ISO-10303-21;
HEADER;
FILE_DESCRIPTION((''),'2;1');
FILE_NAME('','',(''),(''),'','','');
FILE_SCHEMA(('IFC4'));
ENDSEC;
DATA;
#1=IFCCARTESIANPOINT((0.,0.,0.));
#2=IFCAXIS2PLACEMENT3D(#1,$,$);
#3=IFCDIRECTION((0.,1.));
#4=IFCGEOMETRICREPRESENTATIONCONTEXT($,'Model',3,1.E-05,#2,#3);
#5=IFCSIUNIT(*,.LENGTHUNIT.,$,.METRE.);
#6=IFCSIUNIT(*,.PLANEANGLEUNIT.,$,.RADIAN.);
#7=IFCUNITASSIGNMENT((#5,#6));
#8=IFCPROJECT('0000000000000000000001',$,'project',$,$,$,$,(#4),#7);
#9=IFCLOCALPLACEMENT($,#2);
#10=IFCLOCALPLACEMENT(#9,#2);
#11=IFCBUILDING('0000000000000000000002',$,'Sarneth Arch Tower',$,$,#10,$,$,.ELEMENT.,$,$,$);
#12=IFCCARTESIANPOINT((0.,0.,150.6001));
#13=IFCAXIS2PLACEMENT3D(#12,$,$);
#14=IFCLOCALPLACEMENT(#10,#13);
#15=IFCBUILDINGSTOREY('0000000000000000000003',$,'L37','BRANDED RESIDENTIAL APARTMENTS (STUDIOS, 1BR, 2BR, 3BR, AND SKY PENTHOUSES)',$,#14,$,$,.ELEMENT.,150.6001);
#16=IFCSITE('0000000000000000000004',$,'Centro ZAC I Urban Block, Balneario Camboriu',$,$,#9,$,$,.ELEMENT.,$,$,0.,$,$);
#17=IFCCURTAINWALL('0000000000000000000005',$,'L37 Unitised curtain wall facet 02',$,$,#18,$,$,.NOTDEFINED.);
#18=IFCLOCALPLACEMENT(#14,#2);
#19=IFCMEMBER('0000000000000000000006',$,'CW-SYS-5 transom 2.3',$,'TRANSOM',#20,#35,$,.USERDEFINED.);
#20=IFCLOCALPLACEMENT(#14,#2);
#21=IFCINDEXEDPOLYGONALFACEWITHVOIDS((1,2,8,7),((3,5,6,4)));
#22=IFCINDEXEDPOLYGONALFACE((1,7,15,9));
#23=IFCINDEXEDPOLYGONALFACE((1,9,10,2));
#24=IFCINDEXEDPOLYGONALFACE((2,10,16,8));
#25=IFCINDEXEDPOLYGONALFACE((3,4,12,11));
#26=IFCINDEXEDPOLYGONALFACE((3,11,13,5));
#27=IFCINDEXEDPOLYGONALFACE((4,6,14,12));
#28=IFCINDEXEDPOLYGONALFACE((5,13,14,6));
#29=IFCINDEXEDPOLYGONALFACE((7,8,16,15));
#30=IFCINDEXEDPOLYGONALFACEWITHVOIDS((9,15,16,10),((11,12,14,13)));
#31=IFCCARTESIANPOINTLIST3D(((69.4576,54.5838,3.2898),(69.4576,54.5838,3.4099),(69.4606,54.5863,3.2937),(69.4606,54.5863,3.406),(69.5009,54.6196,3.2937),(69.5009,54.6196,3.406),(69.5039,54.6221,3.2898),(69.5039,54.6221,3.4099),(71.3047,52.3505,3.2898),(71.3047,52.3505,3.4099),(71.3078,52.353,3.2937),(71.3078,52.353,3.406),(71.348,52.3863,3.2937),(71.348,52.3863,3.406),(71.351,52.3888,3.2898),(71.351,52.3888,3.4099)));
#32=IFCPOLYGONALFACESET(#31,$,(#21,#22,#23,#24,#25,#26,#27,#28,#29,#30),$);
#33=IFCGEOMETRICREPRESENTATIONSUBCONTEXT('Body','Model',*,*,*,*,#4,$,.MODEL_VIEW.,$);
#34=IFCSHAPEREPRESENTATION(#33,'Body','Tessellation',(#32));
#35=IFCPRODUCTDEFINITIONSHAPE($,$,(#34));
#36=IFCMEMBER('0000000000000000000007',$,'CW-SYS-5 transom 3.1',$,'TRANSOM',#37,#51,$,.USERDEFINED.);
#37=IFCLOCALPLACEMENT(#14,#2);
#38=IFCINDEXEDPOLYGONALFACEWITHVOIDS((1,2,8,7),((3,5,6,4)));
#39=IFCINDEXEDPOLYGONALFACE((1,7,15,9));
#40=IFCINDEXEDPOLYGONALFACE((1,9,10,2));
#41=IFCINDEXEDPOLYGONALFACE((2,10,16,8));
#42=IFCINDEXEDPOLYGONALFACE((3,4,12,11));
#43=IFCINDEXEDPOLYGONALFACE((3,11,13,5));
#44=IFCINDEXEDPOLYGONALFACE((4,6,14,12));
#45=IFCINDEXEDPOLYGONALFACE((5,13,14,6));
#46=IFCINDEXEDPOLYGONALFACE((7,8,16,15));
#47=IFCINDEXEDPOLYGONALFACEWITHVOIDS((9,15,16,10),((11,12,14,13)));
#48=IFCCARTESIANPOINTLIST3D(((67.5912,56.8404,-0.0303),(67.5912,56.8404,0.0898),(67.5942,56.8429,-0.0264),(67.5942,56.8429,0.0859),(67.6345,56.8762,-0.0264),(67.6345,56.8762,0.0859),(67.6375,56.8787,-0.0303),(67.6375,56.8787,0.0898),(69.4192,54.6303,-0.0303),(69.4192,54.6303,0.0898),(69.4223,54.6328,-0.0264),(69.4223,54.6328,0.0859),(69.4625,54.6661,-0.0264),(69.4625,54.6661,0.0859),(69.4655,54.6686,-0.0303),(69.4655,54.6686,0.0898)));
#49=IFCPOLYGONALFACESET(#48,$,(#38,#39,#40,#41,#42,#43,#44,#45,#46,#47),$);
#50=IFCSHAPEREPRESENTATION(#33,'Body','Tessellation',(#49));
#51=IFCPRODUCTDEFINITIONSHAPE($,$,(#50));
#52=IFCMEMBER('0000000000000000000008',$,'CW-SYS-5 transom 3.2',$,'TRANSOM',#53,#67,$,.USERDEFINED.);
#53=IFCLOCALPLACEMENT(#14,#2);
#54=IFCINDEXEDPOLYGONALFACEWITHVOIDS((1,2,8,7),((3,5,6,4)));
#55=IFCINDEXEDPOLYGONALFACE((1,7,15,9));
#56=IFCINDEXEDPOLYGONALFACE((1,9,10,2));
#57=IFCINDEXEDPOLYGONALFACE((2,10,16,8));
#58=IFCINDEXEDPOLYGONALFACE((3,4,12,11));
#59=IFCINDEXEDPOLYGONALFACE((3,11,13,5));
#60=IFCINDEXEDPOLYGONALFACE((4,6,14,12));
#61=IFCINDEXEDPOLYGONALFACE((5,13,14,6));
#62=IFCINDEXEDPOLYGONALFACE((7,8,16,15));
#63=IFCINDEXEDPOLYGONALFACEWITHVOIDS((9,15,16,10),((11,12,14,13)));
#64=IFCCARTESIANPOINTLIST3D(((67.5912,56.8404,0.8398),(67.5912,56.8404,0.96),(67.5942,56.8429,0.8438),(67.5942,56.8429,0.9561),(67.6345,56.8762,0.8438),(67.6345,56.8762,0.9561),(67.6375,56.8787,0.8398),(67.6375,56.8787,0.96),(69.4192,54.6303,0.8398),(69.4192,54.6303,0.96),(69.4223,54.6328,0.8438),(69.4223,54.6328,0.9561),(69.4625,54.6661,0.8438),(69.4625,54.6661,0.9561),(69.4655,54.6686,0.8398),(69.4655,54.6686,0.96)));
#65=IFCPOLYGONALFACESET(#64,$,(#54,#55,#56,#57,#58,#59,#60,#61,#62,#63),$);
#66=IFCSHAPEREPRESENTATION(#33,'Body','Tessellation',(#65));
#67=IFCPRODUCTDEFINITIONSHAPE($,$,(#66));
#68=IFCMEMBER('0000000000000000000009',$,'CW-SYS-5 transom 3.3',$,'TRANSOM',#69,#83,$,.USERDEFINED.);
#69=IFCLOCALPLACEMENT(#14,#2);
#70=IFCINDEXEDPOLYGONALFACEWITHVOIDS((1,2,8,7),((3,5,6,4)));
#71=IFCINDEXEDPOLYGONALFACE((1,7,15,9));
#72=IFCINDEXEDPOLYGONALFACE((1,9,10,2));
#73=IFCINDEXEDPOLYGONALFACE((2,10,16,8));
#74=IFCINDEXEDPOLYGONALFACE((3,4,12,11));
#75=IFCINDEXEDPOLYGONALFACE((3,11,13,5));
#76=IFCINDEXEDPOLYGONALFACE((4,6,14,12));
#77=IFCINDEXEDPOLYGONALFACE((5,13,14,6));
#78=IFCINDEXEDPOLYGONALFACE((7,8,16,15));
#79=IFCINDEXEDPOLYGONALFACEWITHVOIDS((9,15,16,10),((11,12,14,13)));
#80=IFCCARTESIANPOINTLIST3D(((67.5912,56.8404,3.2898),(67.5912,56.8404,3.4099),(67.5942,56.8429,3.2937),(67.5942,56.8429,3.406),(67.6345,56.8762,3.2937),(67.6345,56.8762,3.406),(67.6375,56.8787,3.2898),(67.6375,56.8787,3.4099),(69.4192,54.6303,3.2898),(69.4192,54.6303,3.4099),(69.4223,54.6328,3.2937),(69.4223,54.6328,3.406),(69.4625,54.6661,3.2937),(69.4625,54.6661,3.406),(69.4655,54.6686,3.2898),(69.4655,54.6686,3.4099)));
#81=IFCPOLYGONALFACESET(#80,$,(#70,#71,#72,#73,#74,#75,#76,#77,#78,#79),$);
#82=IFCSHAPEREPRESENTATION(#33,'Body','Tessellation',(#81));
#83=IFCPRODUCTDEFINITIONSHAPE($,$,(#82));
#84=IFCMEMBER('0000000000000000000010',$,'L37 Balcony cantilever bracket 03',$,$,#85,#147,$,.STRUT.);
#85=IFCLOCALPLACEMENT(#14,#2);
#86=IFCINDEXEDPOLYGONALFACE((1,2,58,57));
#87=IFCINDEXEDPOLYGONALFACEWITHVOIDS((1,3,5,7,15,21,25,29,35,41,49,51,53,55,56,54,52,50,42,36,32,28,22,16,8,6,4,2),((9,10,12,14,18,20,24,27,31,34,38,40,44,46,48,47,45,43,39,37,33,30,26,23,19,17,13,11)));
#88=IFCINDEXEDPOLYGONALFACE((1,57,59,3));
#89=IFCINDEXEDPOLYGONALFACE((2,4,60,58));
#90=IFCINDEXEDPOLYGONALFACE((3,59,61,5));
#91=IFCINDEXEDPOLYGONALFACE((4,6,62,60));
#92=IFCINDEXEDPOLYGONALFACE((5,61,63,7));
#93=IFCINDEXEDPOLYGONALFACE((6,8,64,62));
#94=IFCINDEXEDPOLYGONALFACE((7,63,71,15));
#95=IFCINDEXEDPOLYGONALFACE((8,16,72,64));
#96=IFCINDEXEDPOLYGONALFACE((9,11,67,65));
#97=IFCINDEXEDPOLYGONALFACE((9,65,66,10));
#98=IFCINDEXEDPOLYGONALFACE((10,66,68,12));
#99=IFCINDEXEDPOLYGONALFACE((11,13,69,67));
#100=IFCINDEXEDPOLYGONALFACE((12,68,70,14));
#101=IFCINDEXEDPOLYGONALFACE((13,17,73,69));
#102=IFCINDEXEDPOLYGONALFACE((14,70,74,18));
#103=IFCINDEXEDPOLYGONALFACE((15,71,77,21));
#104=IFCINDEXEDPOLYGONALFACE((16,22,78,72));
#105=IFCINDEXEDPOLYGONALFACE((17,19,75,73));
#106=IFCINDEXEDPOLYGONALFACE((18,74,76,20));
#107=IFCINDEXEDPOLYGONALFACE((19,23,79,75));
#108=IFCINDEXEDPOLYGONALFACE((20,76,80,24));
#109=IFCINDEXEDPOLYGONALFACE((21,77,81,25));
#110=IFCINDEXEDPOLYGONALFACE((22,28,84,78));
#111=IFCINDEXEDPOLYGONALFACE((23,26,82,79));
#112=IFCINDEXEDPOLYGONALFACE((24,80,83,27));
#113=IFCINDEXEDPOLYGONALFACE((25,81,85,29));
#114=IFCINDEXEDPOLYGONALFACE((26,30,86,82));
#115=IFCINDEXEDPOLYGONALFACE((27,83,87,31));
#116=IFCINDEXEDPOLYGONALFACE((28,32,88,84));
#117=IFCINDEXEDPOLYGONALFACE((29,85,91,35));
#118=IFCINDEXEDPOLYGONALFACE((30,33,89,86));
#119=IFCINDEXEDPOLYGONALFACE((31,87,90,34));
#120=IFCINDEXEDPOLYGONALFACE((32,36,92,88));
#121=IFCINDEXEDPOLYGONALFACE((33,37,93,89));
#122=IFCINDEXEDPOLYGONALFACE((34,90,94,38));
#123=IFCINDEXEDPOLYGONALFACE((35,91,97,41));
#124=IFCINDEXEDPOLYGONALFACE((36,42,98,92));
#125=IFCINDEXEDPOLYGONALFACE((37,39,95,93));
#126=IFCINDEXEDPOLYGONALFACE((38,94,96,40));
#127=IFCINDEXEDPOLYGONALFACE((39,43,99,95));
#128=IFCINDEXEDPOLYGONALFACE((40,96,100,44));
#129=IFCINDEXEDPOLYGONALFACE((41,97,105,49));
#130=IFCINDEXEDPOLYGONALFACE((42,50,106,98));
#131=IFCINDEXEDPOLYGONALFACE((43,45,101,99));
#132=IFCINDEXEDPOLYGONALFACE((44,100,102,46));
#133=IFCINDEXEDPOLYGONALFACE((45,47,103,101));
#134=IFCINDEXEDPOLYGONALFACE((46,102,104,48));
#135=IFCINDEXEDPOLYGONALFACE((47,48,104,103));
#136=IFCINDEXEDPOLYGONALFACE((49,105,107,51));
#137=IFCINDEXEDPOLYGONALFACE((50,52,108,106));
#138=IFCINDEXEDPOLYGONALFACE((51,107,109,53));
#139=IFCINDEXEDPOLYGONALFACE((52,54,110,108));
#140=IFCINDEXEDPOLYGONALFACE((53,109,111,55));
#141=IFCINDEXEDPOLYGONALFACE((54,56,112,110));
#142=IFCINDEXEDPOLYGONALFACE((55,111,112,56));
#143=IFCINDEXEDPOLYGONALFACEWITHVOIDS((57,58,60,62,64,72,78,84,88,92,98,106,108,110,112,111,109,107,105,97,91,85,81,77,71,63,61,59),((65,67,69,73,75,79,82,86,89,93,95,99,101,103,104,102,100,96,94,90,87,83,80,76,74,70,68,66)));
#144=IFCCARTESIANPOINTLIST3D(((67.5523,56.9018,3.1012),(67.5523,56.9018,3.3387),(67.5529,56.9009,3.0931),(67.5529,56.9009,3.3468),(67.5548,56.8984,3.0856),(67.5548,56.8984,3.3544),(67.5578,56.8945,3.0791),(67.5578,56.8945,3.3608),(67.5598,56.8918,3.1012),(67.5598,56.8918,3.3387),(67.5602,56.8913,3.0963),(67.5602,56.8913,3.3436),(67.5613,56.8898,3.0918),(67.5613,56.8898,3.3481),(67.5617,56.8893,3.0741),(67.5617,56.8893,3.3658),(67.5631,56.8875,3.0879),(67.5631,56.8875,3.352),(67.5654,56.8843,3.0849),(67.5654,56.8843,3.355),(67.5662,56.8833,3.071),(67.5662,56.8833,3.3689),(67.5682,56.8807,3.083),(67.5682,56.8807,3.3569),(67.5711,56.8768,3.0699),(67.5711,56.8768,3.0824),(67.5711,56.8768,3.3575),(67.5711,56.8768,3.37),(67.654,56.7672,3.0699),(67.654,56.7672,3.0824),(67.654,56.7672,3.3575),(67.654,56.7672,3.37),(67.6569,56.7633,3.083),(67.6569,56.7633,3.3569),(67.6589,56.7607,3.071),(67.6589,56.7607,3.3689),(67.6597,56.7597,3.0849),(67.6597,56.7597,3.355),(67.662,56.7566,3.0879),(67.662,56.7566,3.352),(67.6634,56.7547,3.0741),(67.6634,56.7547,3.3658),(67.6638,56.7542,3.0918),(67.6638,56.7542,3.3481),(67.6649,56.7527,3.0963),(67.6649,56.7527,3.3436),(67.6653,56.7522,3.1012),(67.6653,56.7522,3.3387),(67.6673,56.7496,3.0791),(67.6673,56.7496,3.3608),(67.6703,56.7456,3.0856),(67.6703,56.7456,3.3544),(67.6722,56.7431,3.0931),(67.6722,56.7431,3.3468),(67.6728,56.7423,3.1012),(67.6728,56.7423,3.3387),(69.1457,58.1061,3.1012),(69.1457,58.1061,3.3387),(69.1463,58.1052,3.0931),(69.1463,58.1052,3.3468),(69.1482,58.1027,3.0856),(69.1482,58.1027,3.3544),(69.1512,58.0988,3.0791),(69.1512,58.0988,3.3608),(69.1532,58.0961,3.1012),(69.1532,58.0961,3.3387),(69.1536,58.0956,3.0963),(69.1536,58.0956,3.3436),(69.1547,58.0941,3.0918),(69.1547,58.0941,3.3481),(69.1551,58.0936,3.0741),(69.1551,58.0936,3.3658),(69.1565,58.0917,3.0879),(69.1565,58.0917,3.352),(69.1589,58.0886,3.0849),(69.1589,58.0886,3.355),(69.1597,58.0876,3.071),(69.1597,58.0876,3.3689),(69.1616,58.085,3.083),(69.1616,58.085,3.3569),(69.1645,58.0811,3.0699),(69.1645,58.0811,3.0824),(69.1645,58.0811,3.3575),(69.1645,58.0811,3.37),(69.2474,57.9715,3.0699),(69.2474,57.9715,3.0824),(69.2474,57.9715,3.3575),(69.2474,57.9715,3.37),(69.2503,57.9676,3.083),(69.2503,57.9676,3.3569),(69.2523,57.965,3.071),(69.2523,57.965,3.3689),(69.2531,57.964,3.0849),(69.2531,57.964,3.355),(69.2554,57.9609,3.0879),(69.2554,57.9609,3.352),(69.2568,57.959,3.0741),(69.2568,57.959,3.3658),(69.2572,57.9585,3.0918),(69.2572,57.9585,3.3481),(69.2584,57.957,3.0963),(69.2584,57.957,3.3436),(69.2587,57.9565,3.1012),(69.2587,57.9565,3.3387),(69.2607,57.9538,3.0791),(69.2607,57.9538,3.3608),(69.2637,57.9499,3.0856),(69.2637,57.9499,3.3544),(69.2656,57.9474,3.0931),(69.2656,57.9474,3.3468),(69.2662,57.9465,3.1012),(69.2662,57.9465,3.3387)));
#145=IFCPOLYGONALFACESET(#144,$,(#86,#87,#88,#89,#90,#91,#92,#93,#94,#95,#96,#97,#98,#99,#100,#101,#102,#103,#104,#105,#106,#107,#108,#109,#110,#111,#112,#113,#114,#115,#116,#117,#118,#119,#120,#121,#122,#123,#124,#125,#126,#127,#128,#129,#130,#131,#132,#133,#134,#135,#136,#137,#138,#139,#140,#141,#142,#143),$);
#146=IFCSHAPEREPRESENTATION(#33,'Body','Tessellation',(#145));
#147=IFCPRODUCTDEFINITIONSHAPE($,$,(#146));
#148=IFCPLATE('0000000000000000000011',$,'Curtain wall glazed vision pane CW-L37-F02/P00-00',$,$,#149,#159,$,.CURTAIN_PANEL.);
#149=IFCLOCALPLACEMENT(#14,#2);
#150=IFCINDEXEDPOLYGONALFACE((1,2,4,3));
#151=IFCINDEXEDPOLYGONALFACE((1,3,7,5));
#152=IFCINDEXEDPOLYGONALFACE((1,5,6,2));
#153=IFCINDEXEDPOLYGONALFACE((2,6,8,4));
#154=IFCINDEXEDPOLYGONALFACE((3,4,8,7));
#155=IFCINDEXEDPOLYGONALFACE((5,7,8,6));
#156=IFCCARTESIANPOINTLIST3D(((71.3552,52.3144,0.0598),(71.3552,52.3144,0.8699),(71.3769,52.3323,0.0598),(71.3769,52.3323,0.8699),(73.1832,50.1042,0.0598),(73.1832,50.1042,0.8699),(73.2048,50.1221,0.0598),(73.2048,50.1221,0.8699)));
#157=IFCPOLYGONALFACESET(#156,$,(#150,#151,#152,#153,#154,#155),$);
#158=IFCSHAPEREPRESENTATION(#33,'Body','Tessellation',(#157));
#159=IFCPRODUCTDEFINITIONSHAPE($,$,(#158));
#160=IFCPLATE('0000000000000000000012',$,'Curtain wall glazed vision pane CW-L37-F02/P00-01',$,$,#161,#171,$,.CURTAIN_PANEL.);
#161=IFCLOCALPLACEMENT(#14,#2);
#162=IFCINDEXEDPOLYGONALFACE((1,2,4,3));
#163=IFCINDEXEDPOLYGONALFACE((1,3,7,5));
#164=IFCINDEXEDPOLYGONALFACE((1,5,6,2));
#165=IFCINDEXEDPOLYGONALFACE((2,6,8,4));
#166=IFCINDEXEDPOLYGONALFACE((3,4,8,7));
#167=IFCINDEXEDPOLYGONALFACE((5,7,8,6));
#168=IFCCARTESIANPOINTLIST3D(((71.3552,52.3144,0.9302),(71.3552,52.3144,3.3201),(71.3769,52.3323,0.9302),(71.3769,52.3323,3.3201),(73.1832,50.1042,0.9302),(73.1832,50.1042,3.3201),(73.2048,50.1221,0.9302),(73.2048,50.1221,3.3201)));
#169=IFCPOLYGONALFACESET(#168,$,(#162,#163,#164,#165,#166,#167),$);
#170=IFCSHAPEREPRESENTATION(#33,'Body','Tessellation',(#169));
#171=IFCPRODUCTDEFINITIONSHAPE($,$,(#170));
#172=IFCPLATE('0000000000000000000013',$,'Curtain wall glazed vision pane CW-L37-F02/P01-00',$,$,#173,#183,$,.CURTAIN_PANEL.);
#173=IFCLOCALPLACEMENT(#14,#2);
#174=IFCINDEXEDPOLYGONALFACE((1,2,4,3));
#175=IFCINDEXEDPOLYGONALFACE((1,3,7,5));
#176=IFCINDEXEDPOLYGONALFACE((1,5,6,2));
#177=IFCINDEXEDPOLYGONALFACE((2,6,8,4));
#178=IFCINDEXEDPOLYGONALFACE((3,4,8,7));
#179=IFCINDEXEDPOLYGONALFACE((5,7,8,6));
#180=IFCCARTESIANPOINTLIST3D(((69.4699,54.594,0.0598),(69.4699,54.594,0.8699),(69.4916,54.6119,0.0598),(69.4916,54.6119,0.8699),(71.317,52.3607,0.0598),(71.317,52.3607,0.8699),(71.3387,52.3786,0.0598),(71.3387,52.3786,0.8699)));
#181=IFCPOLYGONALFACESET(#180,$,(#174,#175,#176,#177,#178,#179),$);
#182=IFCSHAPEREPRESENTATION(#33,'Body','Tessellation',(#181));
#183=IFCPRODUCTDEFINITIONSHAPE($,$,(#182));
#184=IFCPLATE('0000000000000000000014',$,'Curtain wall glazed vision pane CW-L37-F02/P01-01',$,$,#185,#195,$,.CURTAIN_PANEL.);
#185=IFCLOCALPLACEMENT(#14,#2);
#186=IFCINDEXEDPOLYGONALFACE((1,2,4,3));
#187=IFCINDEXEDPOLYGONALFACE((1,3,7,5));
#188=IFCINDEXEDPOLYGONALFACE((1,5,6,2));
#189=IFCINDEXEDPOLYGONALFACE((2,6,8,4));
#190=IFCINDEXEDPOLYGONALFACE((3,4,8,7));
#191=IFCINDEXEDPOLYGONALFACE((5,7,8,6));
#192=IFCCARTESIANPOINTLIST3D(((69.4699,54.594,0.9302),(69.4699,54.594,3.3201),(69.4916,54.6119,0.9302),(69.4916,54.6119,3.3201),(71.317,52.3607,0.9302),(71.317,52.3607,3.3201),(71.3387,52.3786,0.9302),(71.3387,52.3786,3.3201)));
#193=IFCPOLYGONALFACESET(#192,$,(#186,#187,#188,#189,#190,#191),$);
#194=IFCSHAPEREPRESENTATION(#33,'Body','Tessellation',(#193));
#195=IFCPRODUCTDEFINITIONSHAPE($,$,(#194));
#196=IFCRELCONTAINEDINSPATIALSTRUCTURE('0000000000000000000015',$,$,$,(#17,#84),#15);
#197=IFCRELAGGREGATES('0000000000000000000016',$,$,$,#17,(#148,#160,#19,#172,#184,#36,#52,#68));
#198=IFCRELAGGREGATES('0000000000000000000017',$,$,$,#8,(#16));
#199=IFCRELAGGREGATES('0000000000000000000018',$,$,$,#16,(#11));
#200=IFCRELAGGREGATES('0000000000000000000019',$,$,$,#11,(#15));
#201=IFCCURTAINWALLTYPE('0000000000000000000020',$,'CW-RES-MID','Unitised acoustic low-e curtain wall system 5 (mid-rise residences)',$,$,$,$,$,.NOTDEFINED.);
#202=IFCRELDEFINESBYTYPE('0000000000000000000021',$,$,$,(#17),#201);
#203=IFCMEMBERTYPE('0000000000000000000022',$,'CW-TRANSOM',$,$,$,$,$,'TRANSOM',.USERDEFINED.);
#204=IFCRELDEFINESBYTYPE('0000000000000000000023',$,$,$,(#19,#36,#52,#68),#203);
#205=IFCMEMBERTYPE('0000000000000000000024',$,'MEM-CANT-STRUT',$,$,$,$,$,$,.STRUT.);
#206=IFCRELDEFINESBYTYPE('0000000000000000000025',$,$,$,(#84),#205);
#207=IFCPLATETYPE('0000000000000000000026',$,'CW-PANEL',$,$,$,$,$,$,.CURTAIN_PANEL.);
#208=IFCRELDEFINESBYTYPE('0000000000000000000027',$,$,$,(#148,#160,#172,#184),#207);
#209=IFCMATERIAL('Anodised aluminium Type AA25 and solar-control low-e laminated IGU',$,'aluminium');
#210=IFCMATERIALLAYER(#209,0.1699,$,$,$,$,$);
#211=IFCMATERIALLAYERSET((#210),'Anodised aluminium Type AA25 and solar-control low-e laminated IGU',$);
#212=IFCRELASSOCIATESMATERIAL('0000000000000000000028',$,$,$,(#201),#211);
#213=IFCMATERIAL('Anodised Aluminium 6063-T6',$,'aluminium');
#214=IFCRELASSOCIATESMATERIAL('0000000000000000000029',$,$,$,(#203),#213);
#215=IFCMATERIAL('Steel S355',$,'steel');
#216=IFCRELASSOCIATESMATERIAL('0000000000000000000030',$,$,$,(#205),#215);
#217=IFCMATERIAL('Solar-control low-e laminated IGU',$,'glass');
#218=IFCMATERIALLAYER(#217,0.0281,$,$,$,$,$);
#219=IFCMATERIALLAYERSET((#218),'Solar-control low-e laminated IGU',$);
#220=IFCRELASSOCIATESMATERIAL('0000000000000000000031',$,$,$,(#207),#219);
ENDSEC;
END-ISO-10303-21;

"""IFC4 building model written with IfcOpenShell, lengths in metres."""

from ifc_helpers import new_model, si_unit, direction, frame, origin, origin_2d, place, context, subcontext, project, spatial, rectangle, hollow_rectangle, extrude, material, layer, layer_set, material_profile, profile_set, type_object, element, aggregate, save


model = new_model("IFC4")

# Units and contexts
model_context = context("Model", 3, precision=1e-05, world=origin(), true_north=direction((0.0, 1.0)))
body_context = subcontext(model_context, "Body", "Model", "MODEL_VIEW")
ifc_project = project(units=[si_unit("LENGTHUNIT", "METRE"), si_unit("PLANEANGLEUNIT", "RADIAN")], contexts=[model_context])

# Site, building, storey
site_placement = place(None, origin())
site = spatial("IfcSite", under=ifc_project, at=site_placement, Name="Centro ZAC I Urban Block, Balneario Camboriu", CompositionType="ELEMENT", RefElevation=0.0)
building_placement = place(site_placement, origin())
building = spatial("IfcBuilding", under=site, at=building_placement, Name="Sarneth Arch Tower", CompositionType="ELEMENT")
storey_placement = place(building_placement, frame((0.0, 0.0, 150.6001)))
storey = spatial("IfcBuildingStorey", under=building, at=storey_placement, Name="L37", Description="BRANDED RESIDENTIAL APARTMENTS (STUDIOS, 1BR, 2BR, 3BR, AND SKY PENTHOUSES)", CompositionType="ELEMENT", Elevation=150.6001)

# Curtain wall, members
ifc_material_1 = material(Name="Anodised aluminium Type AA25 and solar-control low-e laminated IGU", Category="aluminium")
ifc_layer_1 = layer(ifc_material_1, 0.1699)
ifc_layer_set_1 = layer_set([ifc_layer_1], Name="Anodised aluminium Type AA25 and solar-control low-e laminated IGU")
curtain_wall_type = type_object("IfcCurtainWallType", Name="CW-RES-MID", Description="Unitised acoustic low-e curtain wall system 5 (mid-rise residences)", PredefinedType="NOTDEFINED", material=ifc_layer_set_1)
curtain_wall_placement = place(storey_placement, origin())
curtain_wall = element("IfcCurtainWall", 1, at=curtain_wall_placement, inside=storey, type_object=curtain_wall_type, Name="L37 Unitised curtain wall facet 02", PredefinedType="NOTDEFINED")
ifc_material_2 = material(Name="Anodised Aluminium 6063-T6", Category="aluminium")
ifc_material_profile_1 = material_profile(ifc_material_2, hollow_rectangle(XDim=0.0601, YDim=0.1201, WallThickness=0.0039, at=origin_2d()), Name="AL-TRAN-120x60x4")
ifc_profile_set_1 = profile_set([ifc_material_profile_1], Name="Anodised Aluminium 6063-T6")
member_type_1 = type_object("IfcMemberType", Name="CW-TRANSOM", ElementType="TRANSOM", PredefinedType="USERDEFINED", material=ifc_profile_set_1)
member_1_placement = place(storey_placement, frame((71.3279, 52.3696, 3.3499), z_axis=(-0.63733, 0.770591, 0.0), x_axis=(-0.770591, -0.63733, 0.0)))
member_1 = element("IfcMember", 2, at=member_1_placement, type_object=member_type_1, Name="CW-SYS-5 transom 2.3", ObjectType="TRANSOM", PredefinedType="USERDEFINED", context=body_context, shape_type="SweptSolid", body=[
    extrude(hollow_rectangle(XDim=0.0601, YDim=0.1201, WallThickness=0.0039, at=origin_2d()), origin(), (0.0, 0.0, 1.0), 2.8982),
])
member_2_placement = place(storey_placement, frame((69.4424, 54.6494, 0.0298), z_axis=(-0.637359, 0.770567, 0.0), x_axis=(-0.770567, -0.637359, 0.0)))
member_2 = element("IfcMember", 3, at=member_2_placement, type_object=member_type_1, Name="CW-SYS-5 transom 3.1", ObjectType="TRANSOM", PredefinedType="USERDEFINED", context=body_context, shape_type="SweptSolid", body=[
    extrude(hollow_rectangle(XDim=0.0601, YDim=0.1201, WallThickness=0.0039, at=origin_2d()), origin(), (0.0, 0.0, 1.0), 2.8682),
])
member_3_placement = place(storey_placement, frame((69.4424, 54.6494, 0.8999), z_axis=(-0.637359, 0.770567, 0.0), x_axis=(-0.770567, -0.637359, 0.0)))
member_3 = element("IfcMember", 4, at=member_3_placement, type_object=member_type_1, Name="CW-SYS-5 transom 3.2", ObjectType="TRANSOM", PredefinedType="USERDEFINED", context=body_context, shape_type="SweptSolid", body=[
    extrude(hollow_rectangle(XDim=0.0601, YDim=0.1201, WallThickness=0.0039, at=origin_2d()), origin(), (0.0, 0.0, 1.0), 2.8682),
])
member_4_placement = place(storey_placement, frame((69.4424, 54.6494, 3.3499), z_axis=(-0.637359, 0.770567, 0.0), x_axis=(-0.770567, -0.637359, 0.0)))
member_4 = element("IfcMember", 5, at=member_4_placement, type_object=member_type_1, Name="CW-SYS-5 transom 3.3", ObjectType="TRANSOM", PredefinedType="USERDEFINED", context=body_context, shape_type="SweptSolid", body=[
    extrude(hollow_rectangle(XDim=0.0601, YDim=0.1201, WallThickness=0.0039, at=origin_2d()), origin(), (0.0, 0.0, 1.0), 2.8682),
])

# Member
ifc_material_3 = material(Name="Steel S355", Category="steel")
ifc_material_profile_2 = material_profile(ifc_material_3, hollow_rectangle(XDim=0.2, YDim=0.3, WallThickness=0.0125, InnerFilletRadius=0.0188, OuterFilletRadius=0.0312, at=origin_2d()), Name="RHS300x200x12.5")
ifc_profile_set_2 = profile_set([ifc_material_profile_2], Name="Steel S355")
member_type_2 = type_object("IfcMemberType", Name="MEM-CANT-STRUT", PredefinedType="STRUT", material=ifc_profile_set_2)
member_5_placement = place(storey_placement, frame((67.6125, 56.822, 3.22), z_axis=(0.79778, 0.602949, 0.0), x_axis=(-0.602949, 0.79778, 0.0)))
element("IfcMember", 6, at=member_5_placement, inside=storey, type_object=member_type_2, Name="L37 Balcony cantilever bracket 03", PredefinedType="STRUT", context=body_context, shape_type="SweptSolid", body=[
    extrude(hollow_rectangle(XDim=0.2, YDim=0.3, WallThickness=0.0125, InnerFilletRadius=0.0188, OuterFilletRadius=0.0312, at=origin_2d()), origin(), (0.0, 0.0, 1.0), 1.9973),
])

# Plates
ifc_material_4 = material(Name="Solar-control low-e laminated IGU", Category="glass")
ifc_layer_2 = layer(ifc_material_4, 0.0281)
ifc_layer_set_2 = layer_set([ifc_layer_2], Name="Solar-control low-e laminated IGU")
plate_type_1 = type_object("IfcPlateType", Name="CW-PANEL", PredefinedType="CURTAIN_PANEL", material=ifc_layer_set_2)
plate_1_placement = place(storey_placement, frame((72.28, 51.2183, 0.0598), z_axis=(0.0, 0.0, 1.0), x_axis=(-0.63733, 0.770591, 0.0)))
plate_1 = element("IfcPlate", 7, at=plate_1_placement, type_object=plate_type_1, Name="Curtain wall glazed vision pane CW-L37-F02/P00-00", PredefinedType="CURTAIN_PANEL", context=body_context, shape_type="SweptSolid", body=[
    extrude(rectangle(XDim=2.8682, YDim=0.0281, at=origin_2d()), origin(), (0.0, 0.0, 1.0), 0.8101),
])
plate_2_placement = place(storey_placement, frame((72.28, 51.2183, 0.9302), z_axis=(0.0, 0.0, 1.0), x_axis=(-0.63733, 0.770591, 0.0)))
plate_2 = element("IfcPlate", 8, at=plate_2_placement, type_object=plate_type_1, Name="Curtain wall glazed vision pane CW-L37-F02/P00-01", PredefinedType="CURTAIN_PANEL", context=body_context, shape_type="SweptSolid", body=[
    extrude(rectangle(XDim=2.8682, YDim=0.0281, at=origin_2d()), origin(), (0.0, 0.0, 1.0), 2.3899),
])
plate_3_placement = place(storey_placement, frame((70.4043, 53.4863, 0.0598), z_axis=(0.0, 0.0, 1.0), x_axis=(-0.63733, 0.770591, 0.0)))
plate_3 = element("IfcPlate", 9, at=plate_3_placement, type_object=plate_type_1, Name="Curtain wall glazed vision pane CW-L37-F02/P01-00", PredefinedType="CURTAIN_PANEL", context=body_context, shape_type="SweptSolid", body=[
    extrude(rectangle(XDim=2.8982, YDim=0.0281, at=origin_2d()), origin(), (0.0, 0.0, 1.0), 0.8101),
])
plate_4_placement = place(storey_placement, frame((70.4043, 53.4863, 0.9302), z_axis=(0.0, 0.0, 1.0), x_axis=(-0.63733, 0.770591, 0.0)))
plate_4 = element("IfcPlate", 10, at=plate_4_placement, type_object=plate_type_1, Name="Curtain wall glazed vision pane CW-L37-F02/P01-01", PredefinedType="CURTAIN_PANEL", context=body_context, shape_type="SweptSolid", body=[
    extrude(rectangle(XDim=2.8982, YDim=0.0281, at=origin_2d()), origin(), (0.0, 0.0, 1.0), 2.3899),
])
aggregate(curtain_wall, [plate_1, plate_2, member_1, plate_3, plate_4, member_2, member_3, member_4])

save(model, "model.ifc")
